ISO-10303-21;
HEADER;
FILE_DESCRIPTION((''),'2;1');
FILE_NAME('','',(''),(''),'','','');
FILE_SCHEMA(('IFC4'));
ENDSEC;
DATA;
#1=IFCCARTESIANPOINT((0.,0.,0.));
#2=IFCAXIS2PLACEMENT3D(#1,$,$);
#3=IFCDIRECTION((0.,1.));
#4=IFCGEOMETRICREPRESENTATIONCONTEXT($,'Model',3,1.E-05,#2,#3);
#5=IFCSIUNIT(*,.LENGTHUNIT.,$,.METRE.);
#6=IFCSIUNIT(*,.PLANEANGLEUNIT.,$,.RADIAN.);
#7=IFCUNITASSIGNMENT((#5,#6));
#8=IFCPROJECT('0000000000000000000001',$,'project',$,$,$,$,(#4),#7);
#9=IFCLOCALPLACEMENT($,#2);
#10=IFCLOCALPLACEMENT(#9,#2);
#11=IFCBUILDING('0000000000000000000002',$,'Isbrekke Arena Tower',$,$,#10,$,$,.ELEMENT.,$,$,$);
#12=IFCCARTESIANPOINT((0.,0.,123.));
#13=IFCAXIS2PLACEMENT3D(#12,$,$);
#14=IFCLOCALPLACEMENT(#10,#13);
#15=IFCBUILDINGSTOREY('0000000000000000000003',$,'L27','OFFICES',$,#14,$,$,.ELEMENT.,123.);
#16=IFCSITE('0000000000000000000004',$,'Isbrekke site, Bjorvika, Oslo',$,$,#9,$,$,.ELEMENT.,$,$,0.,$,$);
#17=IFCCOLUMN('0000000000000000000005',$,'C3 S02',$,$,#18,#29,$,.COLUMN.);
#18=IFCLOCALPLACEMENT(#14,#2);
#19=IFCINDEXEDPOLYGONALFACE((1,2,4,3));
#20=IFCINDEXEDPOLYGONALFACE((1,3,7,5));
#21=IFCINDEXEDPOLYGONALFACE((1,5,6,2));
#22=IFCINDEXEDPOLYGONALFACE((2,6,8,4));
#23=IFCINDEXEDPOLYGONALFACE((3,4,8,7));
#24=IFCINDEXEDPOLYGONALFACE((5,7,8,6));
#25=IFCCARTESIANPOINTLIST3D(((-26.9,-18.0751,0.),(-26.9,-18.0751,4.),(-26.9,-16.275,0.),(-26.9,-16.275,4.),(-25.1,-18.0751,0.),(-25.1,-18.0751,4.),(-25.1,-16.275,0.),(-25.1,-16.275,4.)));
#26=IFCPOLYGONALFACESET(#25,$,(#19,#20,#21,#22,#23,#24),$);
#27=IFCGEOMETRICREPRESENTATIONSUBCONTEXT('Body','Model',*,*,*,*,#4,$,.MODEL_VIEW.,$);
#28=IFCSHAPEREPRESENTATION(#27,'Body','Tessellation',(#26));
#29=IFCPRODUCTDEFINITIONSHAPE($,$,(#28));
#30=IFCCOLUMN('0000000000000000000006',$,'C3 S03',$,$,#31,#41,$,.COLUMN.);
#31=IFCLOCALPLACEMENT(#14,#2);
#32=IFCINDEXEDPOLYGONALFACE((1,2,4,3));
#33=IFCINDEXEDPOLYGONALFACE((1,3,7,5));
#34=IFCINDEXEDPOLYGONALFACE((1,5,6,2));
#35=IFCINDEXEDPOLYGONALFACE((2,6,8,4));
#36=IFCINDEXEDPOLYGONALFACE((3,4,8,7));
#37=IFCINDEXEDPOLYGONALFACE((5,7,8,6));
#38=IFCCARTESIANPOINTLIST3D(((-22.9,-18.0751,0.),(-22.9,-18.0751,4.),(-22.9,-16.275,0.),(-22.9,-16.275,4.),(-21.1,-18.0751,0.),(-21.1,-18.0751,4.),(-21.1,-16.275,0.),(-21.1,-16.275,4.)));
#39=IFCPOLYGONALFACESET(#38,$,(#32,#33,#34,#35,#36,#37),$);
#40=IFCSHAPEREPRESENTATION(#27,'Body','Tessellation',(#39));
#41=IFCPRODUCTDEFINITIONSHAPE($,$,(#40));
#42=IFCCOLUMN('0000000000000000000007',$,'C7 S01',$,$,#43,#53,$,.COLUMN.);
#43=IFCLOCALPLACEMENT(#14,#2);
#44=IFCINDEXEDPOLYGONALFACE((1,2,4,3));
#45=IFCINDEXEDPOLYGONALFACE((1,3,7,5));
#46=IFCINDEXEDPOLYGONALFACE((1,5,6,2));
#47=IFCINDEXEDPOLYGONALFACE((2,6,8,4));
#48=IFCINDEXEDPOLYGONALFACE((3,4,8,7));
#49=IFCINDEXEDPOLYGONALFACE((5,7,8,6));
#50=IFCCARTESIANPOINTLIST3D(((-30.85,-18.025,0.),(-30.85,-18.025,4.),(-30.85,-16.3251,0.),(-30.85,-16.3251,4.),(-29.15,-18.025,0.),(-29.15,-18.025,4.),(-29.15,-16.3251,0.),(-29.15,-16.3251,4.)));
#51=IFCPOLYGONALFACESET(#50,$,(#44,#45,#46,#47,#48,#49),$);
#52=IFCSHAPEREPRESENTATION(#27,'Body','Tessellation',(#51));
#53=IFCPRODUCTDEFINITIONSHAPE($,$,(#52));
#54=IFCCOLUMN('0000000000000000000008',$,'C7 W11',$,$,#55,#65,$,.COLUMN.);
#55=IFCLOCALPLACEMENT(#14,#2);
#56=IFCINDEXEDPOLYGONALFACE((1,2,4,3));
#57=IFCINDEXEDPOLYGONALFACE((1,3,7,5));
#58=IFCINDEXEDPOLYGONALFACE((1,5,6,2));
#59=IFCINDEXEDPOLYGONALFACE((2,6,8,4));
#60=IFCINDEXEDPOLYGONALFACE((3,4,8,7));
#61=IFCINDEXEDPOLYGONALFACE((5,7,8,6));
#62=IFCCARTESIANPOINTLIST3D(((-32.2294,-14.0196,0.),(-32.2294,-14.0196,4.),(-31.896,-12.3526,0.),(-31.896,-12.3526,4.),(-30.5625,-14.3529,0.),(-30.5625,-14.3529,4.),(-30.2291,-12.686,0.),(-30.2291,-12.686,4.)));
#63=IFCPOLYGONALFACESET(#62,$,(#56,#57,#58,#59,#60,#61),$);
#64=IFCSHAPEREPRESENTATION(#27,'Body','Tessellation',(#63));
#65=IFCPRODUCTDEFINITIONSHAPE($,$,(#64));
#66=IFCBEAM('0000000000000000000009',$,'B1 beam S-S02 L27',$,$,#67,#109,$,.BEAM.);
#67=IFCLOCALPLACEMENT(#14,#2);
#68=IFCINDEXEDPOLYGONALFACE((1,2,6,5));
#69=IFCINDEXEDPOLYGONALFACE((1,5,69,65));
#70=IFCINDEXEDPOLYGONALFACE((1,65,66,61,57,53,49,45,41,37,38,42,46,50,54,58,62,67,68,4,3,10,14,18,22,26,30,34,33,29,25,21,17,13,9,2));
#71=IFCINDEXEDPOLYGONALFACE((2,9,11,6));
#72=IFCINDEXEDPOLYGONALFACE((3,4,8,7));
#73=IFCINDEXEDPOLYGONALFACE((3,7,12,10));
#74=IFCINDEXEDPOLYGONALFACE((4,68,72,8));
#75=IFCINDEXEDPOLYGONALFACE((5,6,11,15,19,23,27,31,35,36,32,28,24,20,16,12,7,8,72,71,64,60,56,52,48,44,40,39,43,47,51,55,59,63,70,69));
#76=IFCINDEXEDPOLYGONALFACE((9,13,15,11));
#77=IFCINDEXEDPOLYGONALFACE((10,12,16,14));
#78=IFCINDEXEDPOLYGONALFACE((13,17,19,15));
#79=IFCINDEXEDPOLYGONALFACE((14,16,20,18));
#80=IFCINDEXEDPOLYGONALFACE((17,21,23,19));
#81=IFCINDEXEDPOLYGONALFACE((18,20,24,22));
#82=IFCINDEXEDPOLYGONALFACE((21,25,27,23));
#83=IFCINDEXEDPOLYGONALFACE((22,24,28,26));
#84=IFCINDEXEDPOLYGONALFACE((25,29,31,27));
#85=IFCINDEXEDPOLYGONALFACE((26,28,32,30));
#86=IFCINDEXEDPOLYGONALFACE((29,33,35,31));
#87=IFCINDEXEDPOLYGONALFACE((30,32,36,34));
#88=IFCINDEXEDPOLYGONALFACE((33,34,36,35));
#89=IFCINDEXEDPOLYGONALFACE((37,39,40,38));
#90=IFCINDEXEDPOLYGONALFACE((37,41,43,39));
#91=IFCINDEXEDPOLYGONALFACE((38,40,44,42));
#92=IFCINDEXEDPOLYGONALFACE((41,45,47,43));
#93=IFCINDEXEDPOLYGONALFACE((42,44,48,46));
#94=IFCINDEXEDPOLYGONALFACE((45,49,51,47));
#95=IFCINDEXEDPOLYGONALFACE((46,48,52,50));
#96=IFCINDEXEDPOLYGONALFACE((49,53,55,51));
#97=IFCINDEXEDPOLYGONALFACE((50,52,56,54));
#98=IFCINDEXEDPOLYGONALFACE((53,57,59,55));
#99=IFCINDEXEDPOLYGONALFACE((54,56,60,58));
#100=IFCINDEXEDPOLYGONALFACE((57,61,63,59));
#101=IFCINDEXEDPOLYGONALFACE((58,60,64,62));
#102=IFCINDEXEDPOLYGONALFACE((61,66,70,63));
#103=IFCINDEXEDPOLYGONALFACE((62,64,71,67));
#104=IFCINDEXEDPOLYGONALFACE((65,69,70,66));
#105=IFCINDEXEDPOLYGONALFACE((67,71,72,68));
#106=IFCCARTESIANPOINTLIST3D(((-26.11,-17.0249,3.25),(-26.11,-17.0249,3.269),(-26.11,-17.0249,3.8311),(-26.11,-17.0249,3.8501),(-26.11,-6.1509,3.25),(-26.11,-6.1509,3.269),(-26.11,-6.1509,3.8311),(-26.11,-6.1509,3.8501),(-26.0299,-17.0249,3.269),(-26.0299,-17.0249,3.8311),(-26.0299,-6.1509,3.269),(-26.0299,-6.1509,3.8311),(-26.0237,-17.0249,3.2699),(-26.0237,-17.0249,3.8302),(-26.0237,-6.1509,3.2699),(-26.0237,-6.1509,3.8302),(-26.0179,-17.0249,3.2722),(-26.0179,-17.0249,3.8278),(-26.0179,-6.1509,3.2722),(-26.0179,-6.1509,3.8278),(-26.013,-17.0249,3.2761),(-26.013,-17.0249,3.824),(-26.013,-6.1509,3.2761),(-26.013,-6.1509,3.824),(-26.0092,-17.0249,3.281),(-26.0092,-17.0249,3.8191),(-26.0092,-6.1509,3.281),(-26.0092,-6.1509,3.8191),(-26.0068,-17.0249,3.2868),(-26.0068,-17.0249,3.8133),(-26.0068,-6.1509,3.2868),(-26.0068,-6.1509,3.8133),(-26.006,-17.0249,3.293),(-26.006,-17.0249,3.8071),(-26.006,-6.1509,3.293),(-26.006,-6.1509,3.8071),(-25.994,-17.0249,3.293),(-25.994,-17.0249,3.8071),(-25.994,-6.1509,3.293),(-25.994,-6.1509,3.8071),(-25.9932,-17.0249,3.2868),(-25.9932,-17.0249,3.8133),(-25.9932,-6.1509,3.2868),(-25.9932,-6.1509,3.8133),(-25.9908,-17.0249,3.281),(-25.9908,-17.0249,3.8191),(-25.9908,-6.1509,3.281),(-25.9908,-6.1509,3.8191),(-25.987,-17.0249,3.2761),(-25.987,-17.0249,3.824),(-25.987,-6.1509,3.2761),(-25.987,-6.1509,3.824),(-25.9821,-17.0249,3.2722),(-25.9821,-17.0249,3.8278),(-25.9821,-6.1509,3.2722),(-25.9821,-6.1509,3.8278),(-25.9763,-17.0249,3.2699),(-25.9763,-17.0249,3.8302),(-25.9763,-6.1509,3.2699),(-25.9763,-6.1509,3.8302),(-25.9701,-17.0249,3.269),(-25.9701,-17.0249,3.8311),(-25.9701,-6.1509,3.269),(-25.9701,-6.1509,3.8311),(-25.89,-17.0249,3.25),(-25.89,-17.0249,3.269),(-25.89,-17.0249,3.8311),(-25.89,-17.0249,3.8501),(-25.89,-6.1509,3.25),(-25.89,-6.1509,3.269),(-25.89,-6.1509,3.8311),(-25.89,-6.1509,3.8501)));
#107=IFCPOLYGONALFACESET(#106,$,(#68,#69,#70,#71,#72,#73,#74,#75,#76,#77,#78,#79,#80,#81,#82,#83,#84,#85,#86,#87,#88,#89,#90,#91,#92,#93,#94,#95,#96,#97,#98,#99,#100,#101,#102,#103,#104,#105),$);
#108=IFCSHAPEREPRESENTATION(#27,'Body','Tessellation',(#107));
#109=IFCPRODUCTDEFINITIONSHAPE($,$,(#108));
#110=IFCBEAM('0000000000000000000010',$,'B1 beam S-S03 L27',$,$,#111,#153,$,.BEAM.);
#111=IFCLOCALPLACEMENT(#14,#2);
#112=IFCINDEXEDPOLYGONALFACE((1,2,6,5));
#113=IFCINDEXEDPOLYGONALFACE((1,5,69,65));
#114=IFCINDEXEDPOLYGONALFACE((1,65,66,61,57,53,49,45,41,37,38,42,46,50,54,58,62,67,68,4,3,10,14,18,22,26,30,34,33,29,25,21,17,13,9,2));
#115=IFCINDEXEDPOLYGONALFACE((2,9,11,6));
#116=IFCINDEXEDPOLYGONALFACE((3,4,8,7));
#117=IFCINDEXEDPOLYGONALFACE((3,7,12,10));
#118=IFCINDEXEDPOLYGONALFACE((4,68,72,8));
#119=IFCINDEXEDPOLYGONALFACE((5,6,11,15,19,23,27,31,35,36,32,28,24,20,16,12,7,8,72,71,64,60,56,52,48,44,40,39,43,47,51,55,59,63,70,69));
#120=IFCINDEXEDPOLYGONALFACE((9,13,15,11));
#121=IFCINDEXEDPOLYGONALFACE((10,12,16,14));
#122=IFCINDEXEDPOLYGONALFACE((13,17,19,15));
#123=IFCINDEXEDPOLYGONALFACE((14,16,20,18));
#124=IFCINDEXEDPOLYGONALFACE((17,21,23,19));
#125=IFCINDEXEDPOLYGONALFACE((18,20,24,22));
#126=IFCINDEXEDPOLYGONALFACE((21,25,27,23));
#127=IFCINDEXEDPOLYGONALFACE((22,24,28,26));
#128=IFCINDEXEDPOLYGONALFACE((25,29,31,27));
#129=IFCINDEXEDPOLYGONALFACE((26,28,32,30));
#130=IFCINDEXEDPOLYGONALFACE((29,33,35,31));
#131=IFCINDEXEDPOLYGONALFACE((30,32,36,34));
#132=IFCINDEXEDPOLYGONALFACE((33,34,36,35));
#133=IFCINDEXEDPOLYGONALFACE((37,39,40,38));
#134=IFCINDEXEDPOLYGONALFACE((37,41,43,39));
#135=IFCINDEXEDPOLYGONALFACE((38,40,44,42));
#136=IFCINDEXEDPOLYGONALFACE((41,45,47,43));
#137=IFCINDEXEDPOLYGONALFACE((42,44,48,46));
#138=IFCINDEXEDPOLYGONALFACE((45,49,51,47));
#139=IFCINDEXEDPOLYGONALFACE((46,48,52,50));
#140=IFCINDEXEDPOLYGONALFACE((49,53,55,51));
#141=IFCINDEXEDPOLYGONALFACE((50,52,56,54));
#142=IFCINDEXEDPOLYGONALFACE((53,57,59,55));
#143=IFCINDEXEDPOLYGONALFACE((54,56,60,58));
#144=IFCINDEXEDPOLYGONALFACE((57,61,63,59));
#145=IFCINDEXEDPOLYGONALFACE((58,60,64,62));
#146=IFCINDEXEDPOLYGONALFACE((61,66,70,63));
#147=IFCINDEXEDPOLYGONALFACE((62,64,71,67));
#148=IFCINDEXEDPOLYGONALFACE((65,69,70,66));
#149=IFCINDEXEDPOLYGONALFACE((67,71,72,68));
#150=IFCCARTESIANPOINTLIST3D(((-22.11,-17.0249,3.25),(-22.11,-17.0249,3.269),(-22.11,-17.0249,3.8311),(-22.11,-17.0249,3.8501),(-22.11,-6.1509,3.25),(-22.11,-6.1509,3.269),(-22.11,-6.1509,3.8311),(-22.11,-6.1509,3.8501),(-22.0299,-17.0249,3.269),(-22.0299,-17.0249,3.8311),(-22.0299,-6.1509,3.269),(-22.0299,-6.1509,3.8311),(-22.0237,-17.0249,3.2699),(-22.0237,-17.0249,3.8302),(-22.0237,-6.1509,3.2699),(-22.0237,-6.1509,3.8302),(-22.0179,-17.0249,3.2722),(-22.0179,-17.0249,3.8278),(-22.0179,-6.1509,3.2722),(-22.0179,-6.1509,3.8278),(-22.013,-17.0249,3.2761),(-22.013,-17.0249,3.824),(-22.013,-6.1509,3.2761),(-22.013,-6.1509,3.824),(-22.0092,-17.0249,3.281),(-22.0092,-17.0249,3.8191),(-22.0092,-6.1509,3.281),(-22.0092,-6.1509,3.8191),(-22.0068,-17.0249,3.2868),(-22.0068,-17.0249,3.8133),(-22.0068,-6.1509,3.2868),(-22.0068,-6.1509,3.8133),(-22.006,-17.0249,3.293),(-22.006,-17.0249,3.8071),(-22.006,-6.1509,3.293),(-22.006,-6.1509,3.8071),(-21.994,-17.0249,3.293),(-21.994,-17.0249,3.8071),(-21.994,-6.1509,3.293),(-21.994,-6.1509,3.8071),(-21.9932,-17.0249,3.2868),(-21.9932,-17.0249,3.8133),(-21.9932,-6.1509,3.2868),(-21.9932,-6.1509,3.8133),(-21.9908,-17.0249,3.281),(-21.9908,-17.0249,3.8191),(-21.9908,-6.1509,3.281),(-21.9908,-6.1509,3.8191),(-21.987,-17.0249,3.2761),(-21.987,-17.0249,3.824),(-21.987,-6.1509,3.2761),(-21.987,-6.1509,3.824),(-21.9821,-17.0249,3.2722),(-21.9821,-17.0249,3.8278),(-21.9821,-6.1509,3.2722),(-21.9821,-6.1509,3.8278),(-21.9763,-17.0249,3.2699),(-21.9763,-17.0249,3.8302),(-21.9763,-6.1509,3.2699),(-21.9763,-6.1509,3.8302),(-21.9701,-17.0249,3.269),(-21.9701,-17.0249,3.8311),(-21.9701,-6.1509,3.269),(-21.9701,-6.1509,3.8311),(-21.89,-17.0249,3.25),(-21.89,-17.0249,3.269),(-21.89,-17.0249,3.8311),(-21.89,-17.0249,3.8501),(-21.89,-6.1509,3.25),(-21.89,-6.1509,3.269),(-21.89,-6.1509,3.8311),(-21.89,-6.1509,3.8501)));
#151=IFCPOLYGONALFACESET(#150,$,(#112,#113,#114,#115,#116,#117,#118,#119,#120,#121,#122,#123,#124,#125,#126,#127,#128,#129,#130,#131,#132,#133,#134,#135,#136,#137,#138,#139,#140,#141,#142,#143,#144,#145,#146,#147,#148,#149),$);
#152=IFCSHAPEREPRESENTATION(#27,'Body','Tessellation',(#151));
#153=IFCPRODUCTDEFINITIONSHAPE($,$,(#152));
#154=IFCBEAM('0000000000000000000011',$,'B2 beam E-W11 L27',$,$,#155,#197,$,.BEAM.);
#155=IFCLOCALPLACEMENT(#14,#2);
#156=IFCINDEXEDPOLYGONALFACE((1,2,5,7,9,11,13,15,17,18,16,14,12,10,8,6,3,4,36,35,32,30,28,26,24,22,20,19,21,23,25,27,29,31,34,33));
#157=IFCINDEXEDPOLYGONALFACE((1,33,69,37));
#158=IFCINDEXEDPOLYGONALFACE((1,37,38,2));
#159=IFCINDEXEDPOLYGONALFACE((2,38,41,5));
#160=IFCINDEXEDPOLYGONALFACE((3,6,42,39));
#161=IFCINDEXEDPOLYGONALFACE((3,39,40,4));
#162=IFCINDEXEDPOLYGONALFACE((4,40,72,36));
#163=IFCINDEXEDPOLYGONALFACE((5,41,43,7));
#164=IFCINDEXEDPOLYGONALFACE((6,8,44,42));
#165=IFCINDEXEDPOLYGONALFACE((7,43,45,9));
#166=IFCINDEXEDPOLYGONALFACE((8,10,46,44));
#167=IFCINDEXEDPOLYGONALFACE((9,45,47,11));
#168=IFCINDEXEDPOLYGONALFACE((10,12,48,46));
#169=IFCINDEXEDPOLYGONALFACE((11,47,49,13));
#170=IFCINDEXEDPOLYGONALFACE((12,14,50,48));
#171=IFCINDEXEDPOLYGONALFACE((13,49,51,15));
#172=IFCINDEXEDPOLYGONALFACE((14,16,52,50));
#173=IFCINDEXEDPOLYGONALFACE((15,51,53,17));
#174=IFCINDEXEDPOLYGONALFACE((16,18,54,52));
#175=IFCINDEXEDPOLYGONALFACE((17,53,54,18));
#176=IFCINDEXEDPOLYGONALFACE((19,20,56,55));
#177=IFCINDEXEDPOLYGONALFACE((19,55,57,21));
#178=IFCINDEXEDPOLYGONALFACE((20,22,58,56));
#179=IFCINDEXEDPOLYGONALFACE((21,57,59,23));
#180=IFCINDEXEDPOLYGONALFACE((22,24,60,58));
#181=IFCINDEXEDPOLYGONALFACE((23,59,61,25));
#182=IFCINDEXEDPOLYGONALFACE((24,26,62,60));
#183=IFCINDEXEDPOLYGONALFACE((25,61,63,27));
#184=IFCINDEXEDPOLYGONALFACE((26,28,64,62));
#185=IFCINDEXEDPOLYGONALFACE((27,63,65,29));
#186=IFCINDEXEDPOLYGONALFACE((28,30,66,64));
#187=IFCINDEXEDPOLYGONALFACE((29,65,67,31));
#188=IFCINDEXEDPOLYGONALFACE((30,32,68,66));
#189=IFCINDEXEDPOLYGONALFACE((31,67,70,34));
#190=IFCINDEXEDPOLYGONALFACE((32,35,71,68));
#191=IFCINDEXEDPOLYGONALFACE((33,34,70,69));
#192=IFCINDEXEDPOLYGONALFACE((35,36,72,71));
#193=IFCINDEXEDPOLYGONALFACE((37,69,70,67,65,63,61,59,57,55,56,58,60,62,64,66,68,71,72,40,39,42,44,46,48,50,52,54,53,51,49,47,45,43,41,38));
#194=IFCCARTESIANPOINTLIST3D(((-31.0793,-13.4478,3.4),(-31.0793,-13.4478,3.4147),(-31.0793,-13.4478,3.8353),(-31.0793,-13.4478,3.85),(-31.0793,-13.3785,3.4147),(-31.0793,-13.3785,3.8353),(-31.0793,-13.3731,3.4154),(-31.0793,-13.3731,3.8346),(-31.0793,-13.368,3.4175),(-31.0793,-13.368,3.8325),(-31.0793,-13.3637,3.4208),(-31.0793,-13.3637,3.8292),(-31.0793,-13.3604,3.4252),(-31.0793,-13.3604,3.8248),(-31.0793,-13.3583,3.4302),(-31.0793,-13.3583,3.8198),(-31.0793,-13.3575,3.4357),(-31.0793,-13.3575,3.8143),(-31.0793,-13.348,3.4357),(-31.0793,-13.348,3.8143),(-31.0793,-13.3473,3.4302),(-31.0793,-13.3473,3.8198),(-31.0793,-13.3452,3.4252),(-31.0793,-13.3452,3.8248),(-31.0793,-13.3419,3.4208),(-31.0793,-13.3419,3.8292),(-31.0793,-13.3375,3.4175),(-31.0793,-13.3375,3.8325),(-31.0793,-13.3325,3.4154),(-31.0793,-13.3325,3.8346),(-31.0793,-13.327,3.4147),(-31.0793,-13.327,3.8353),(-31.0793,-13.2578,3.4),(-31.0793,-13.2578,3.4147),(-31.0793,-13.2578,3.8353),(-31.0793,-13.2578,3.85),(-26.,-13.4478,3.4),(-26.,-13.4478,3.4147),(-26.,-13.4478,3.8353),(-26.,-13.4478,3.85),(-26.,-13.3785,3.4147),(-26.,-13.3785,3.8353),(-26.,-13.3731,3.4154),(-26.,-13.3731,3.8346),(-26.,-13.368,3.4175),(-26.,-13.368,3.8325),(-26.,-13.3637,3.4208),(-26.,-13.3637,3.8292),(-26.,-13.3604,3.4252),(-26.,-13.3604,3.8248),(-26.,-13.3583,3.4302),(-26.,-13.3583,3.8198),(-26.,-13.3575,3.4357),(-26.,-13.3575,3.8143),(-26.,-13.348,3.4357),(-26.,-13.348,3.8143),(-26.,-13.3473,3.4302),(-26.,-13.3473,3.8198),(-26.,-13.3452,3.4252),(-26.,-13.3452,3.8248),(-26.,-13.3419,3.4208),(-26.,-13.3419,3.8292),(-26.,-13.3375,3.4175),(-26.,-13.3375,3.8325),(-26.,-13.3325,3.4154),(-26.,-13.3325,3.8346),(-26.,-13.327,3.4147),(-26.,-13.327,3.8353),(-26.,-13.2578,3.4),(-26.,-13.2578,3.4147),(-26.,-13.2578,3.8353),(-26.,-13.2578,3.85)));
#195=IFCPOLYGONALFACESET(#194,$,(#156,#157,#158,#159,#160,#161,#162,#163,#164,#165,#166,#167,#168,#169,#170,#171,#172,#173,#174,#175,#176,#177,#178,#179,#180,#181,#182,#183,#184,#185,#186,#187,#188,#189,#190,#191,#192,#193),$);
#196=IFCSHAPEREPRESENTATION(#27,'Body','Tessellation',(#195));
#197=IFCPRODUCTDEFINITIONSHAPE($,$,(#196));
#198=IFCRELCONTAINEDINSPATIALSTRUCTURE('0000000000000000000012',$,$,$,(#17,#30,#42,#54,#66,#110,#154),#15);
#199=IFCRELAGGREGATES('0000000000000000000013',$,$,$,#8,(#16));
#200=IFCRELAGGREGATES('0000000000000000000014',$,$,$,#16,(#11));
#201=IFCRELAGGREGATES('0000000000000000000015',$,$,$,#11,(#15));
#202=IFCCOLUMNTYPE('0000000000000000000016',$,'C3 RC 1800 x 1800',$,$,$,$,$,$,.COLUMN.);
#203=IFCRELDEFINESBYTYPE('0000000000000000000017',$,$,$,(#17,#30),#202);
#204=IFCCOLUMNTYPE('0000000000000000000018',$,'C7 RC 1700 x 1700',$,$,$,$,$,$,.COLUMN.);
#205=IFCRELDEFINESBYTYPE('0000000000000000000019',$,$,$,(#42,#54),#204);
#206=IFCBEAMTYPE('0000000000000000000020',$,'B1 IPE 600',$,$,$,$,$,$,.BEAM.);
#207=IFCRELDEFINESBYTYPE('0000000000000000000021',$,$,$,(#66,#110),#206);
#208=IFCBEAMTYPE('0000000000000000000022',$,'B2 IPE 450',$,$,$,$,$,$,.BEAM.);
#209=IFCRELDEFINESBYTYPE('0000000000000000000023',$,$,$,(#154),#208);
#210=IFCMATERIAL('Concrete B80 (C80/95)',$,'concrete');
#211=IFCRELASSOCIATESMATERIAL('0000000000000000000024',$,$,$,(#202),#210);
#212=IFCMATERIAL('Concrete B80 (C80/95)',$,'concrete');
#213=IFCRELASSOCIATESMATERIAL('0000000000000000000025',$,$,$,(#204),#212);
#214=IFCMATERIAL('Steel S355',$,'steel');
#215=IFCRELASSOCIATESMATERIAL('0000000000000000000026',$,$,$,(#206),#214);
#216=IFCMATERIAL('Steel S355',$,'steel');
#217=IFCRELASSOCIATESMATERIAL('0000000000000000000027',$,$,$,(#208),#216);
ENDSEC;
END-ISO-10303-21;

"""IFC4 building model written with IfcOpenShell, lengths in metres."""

from ifc_helpers import new_model, si_unit, direction, frame, origin, origin_2d, place, context, subcontext, project, spatial, rectangle, i_section, extrude, material, material_profile, profile_set, type_object, element, save


model = new_model("IFC4")

# Units and contexts
model_context = context("Model", 3, precision=1e-05, world=origin(), true_north=direction((0.0, 1.0)))
body_context = subcontext(model_context, "Body", "Model", "MODEL_VIEW")
ifc_project = project(units=[si_unit("LENGTHUNIT", "METRE"), si_unit("PLANEANGLEUNIT", "RADIAN")], contexts=[model_context])

# Site, building, storey
site_placement = place(None, origin())
site = spatial("IfcSite", under=ifc_project, at=site_placement, Name="Isbrekke site, Bjorvika, Oslo", CompositionType="ELEMENT", RefElevation=0.0)
building_placement = place(site_placement, origin())
building = spatial("IfcBuilding", under=site, at=building_placement, Name="Isbrekke Arena Tower", CompositionType="ELEMENT")
storey_placement = place(building_placement, frame((0.0, 0.0, 123.0)))
storey = spatial("IfcBuildingStorey", under=building, at=storey_placement, Name="L27", Description="OFFICES", CompositionType="ELEMENT", Elevation=123.0)

# Columns
ifc_material_1 = material(Name="Concrete B80 (C80/95)", Category="concrete")
ifc_material_profile_1 = material_profile(ifc_material_1, rectangle(XDim=1.8, YDim=1.8, at=origin_2d()), Name="RC 1800x1800")
ifc_profile_set_1 = profile_set([ifc_material_profile_1], Name="Concrete B80 (C80/95)")
column_type_1 = type_object("IfcColumnType", Name="C3 RC 1800 x 1800", PredefinedType="COLUMN", material=ifc_profile_set_1)
for number, where, z_axis, x_axis, name in (
    (1, (-26.0, -17.175, 0.0), (0.0, 0.0, 1.0), (1.0, 0.0, 0.0), "C3 S02"),
    (2, (-22.0, -17.175, 0.0), (0.0, 0.0, 1.0), (1.0, 0.0, 0.0), "C3 S03"),
):
    element("IfcColumn", number, at=place(storey_placement, frame(where, z_axis=z_axis, x_axis=x_axis)), inside=storey, type_object=column_type_1, Name=name, PredefinedType="COLUMN", context=body_context, shape_type="SweptSolid", body=[
        extrude(rectangle(XDim=1.8, YDim=1.8, at=origin_2d()), origin(), (0.0, 0.0, 1.0), 4.0),
    ])
ifc_material_2 = material(Name="Concrete B80 (C80/95)", Category="concrete")
ifc_material_profile_2 = material_profile(ifc_material_2, rectangle(XDim=1.7, YDim=1.7, at=origin_2d()), Name="RC 1700x1700")
ifc_profile_set_2 = profile_set([ifc_material_profile_2], Name="Concrete B80 (C80/95)")
column_type_2 = type_object("IfcColumnType", Name="C7 RC 1700 x 1700", PredefinedType="COLUMN", material=ifc_profile_set_2)
for number, where, z_axis, x_axis, name in (
    (3, (-30.0, -17.175, 0.0), (0.0, 0.0, 1.0), (1.0, 0.0, 0.0), "C7 S01"),
    (4, (-31.2292, -13.3528, 0.0), (0.0, 0.0, 1.0), (-0.196116, -0.980581, 0.0), "C7 W11"),
):
    element("IfcColumn", number, at=place(storey_placement, frame(where, z_axis=z_axis, x_axis=x_axis)), inside=storey, type_object=column_type_2, Name=name, PredefinedType="COLUMN", context=body_context, shape_type="SweptSolid", body=[
        extrude(rectangle(XDim=1.7, YDim=1.7, at=origin_2d()), origin(), (0.0, 0.0, 1.0), 4.0),
    ])

# Beams
ifc_material_3 = material(Name="Steel S355", Category="steel")
ifc_material_profile_3 = material_profile(ifc_material_3, i_section(OverallWidth=0.22, OverallDepth=0.6001, WebThickness=0.012, FlangeThickness=0.019, FilletRadius=0.0239, at=origin_2d()), Name="IPE 600")
ifc_profile_set_3 = profile_set([ifc_material_profile_3], Name="Steel S355")
beam_type_1 = type_object("IfcBeamType", Name="B1 IPE 600", PredefinedType="BEAM", material=ifc_profile_set_3)
for number, where, z_axis, x_axis, name in (
    (5, (-26.0, -17.0249, 3.55), (0.0, 1.0, 0.0), (-1.0, 0.0, 0.0), "B1 beam S-S02 L27"),
    (6, (-22.0, -17.0249, 3.55), (0.0, 1.0, 0.0), (-1.0, 0.0, 0.0), "B1 beam S-S03 L27"),
):
    element("IfcBeam", number, at=place(storey_placement, frame(where, z_axis=z_axis, x_axis=x_axis)), inside=storey, type_object=beam_type_1, Name=name, PredefinedType="BEAM", context=body_context, shape_type="SweptSolid", body=[
        extrude(i_section(OverallWidth=0.22, OverallDepth=0.6001, WebThickness=0.012, FlangeThickness=0.019, FilletRadius=0.0239, at=origin_2d()), origin(), (0.0, 0.0, 1.0), 10.874),
    ])
ifc_material_4 = material(Name="Steel S355", Category="steel")
ifc_material_profile_4 = material_profile(ifc_material_4, i_section(OverallWidth=0.1899, OverallDepth=0.45, WebThickness=0.0095, FlangeThickness=0.0146, FilletRadius=0.021, at=origin_2d()), Name="IPE 450")
ifc_profile_set_4 = profile_set([ifc_material_profile_4], Name="Steel S355")
beam_type_2 = type_object("IfcBeamType", Name="B2 IPE 450", PredefinedType="BEAM", material=ifc_profile_set_4)
beam_1_placement = place(storey_placement, frame((-31.0793, -13.3528, 3.625), z_axis=(1.0, 0.0, 0.0), x_axis=(0.0, 1.0, 0.0)))
element("IfcBeam", 7, at=beam_1_placement, inside=storey, type_object=beam_type_2, Name="B2 beam E-W11 L27", PredefinedType="BEAM", context=body_context, shape_type="SweptSolid", body=[
    extrude(i_section(OverallWidth=0.1899, OverallDepth=0.45, WebThickness=0.0095, FlangeThickness=0.0146, FilletRadius=0.021, at=origin_2d()), origin(), (0.0, 0.0, 1.0), 5.0793),
])

save(model, "model.ifc")
